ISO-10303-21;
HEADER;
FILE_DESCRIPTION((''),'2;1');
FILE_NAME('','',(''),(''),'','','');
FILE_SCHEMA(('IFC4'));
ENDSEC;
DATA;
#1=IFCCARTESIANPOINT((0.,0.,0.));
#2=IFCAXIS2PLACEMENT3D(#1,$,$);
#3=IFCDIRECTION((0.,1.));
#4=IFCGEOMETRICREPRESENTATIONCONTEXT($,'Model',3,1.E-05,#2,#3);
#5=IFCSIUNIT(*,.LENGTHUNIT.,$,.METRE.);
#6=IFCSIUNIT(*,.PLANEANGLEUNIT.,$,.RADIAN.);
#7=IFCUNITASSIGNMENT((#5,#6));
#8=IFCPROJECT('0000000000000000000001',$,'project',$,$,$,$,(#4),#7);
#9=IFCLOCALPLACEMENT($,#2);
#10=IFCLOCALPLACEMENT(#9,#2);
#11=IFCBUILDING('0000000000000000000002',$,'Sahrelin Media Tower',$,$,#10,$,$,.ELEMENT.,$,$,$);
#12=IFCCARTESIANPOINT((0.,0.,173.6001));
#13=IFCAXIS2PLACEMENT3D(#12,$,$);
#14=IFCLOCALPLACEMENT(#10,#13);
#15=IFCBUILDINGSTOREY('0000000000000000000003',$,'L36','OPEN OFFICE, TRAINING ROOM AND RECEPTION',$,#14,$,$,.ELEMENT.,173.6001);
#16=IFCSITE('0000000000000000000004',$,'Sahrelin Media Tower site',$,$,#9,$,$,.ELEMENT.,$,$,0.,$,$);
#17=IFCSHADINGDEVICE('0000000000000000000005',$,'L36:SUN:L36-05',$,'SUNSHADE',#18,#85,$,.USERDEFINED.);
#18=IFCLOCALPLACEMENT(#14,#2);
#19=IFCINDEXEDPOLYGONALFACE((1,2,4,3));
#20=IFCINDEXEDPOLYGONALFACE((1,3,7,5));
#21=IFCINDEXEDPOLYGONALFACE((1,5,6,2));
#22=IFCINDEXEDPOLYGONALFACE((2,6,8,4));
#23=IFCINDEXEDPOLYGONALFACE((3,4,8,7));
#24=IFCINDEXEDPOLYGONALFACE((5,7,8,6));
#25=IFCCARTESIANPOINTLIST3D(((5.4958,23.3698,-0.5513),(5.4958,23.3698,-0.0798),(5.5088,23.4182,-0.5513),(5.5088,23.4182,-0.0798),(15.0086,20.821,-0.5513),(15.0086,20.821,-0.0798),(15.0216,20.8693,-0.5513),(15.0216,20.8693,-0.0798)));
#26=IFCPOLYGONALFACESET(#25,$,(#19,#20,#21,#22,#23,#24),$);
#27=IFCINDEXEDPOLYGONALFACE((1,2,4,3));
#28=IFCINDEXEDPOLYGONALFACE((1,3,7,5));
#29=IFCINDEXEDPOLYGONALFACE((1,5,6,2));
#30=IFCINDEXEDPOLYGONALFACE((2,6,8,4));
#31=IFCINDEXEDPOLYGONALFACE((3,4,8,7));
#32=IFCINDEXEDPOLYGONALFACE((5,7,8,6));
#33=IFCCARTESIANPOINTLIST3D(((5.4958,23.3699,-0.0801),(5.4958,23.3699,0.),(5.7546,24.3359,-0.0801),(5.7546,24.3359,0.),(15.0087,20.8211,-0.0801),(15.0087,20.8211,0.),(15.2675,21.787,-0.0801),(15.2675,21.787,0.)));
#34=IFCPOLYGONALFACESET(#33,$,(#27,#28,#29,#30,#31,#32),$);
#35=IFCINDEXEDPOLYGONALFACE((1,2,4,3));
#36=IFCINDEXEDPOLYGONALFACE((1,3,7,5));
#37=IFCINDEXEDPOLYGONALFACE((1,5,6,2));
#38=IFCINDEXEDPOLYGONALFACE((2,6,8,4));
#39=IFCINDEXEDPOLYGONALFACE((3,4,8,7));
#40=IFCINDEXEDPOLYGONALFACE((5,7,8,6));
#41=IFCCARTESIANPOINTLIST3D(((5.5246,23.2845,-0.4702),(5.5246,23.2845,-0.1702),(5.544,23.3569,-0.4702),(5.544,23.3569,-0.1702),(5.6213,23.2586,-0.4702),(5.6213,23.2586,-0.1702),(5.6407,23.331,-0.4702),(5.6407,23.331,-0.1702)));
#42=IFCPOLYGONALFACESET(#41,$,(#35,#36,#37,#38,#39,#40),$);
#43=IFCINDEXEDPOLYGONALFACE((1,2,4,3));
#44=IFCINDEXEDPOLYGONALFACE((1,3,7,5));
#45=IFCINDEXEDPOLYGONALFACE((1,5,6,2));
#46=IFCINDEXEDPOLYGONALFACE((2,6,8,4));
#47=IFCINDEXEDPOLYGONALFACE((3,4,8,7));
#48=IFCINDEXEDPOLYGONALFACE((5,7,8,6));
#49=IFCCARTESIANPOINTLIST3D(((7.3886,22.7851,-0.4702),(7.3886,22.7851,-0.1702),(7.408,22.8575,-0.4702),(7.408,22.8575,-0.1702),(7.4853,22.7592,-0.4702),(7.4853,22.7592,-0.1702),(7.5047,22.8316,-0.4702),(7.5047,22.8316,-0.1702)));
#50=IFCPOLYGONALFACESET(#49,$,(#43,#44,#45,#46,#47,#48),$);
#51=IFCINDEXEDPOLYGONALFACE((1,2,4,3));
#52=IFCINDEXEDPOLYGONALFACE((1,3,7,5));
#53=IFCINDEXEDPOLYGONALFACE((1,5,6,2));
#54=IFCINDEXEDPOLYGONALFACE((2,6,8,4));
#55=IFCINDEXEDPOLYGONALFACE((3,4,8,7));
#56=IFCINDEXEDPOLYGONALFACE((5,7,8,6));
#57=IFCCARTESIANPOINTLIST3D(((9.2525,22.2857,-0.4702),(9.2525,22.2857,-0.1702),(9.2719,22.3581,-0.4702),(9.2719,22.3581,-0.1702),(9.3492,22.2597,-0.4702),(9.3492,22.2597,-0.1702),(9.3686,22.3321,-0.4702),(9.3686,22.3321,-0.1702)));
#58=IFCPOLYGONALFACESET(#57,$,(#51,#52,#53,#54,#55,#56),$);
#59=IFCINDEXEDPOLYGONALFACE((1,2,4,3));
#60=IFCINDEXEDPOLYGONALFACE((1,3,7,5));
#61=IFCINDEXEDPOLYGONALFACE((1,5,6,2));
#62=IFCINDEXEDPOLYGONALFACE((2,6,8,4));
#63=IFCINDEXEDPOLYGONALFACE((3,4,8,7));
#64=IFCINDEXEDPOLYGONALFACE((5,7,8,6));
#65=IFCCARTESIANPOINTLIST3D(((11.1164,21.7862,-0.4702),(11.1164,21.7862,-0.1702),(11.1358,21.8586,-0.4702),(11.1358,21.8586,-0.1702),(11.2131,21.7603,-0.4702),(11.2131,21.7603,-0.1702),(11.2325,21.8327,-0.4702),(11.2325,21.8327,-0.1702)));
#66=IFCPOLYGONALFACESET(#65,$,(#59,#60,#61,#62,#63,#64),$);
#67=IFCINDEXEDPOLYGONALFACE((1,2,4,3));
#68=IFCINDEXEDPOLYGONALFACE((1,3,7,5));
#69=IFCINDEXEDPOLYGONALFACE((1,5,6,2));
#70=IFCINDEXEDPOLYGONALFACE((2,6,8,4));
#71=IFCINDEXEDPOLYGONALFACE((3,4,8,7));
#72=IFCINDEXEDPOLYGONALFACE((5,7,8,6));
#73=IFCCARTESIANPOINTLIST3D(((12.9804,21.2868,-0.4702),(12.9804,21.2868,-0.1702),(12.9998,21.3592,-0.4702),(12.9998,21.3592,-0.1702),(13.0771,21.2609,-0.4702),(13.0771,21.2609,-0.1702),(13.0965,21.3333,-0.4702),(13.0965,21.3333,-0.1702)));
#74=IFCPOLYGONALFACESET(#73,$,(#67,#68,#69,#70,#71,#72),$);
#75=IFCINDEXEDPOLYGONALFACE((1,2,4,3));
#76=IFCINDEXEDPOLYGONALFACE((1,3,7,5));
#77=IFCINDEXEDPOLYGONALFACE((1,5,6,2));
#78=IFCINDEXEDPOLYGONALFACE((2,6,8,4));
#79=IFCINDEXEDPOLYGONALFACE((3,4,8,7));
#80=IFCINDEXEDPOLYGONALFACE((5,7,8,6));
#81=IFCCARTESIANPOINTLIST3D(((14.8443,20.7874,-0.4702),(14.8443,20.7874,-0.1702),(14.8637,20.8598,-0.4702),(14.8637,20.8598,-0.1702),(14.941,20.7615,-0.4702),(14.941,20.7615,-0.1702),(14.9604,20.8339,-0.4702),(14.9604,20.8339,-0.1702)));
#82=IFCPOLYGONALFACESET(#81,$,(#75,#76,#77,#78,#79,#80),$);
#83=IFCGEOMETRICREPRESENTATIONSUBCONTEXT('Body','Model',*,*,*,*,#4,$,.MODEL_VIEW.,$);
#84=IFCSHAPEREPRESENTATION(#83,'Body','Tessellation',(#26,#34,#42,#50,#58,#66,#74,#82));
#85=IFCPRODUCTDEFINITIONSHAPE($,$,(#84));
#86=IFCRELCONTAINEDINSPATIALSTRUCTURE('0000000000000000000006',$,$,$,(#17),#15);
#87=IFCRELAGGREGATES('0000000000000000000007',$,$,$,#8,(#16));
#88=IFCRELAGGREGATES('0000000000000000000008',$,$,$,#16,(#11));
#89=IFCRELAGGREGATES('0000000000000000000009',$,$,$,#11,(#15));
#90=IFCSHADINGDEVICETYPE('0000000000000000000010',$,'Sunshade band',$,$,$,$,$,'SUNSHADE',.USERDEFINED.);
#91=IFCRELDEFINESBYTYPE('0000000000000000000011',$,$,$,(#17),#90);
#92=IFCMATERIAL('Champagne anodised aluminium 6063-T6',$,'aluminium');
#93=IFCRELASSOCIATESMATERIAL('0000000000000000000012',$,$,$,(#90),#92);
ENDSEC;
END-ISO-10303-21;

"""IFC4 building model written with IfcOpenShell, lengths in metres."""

from ifc_helpers import new_model, si_unit, direction, frame, origin, origin_2d, place, context, subcontext, project, spatial, rectangle, extrude, material, type_object, element, save


model = new_model("IFC4")

# Units and contexts
model_context = context("Model", 3, precision=1e-05, world=origin(), true_north=direction((0.0, 1.0)))
body_context = subcontext(model_context, "Body", "Model", "MODEL_VIEW")
ifc_project = project(units=[si_unit("LENGTHUNIT", "METRE"), si_unit("PLANEANGLEUNIT", "RADIAN")], contexts=[model_context])

# Site, building, storey
site_placement = place(None, origin())
site = spatial("IfcSite", under=ifc_project, at=site_placement, Name="Sahrelin Media Tower site", CompositionType="ELEMENT", RefElevation=0.0)
building_placement = place(site_placement, origin())
building = spatial("IfcBuilding", under=site, at=building_placement, Name="Sahrelin Media Tower", CompositionType="ELEMENT")
storey_placement = place(building_placement, frame((0.0, 0.0, 173.6001)))
storey = spatial("IfcBuildingStorey", under=building, at=storey_placement, Name="L36", Description="OPEN OFFICE, TRAINING ROOM AND RECEPTION", CompositionType="ELEMENT", Elevation=173.6001)

# Shared definitions
ifc_material_1 = material(Name="Champagne anodised aluminium 6063-T6", Category="aluminium")

# Shading device
placement = place(storey_placement, frame((10.2471, 22.0762, 0.0), z_axis=(0.0, 0.0, 1.0), x_axis=(0.965929, -0.258808, 0.0)))
shading_device_type_1 = type_object("IfcShadingDeviceType", Name="Sunshade band", ElementType="SUNSHADE", PredefinedType="USERDEFINED", material=ifc_material_1)
element("IfcShadingDevice", 1, at=placement, inside=storey, type_object=shading_device_type_1, Name="L36:SUN:L36-05", ObjectType="SUNSHADE", PredefinedType="USERDEFINED", context=body_context, shape_type="SweptSolid", body=[
    extrude(rectangle(XDim=9.8484, YDim=0.05, at=origin_2d()), frame((0.0, 0.0449, -0.5513)), (0.0, 0.0, 1.0), 0.4714),
    extrude(rectangle(XDim=9.8484, YDim=1.0, at=origin_2d()), frame((0.0, 0.52, -0.0801)), (0.0, 0.0, 1.0), 0.0801),
    extrude(rectangle(XDim=0.1001, YDim=0.075, at=origin_2d()), frame((-4.8242, -0.0176, -0.4702)), (0.0, 0.0, 1.0), 0.3),
    extrude(rectangle(XDim=0.1001, YDim=0.075, at=origin_2d()), frame((-2.8945, -0.0176, -0.4702)), (0.0, 0.0, 1.0), 0.3),
    extrude(rectangle(XDim=0.1001, YDim=0.075, at=origin_2d()), frame((-0.9648, -0.0176, -0.4702)), (0.0, 0.0, 1.0), 0.3),
    extrude(rectangle(XDim=0.1001, YDim=0.075, at=origin_2d()), frame((0.9648, -0.0176, -0.4702)), (0.0, 0.0, 1.0), 0.3),
    extrude(rectangle(XDim=0.1001, YDim=0.075, at=origin_2d()), frame((2.8945, -0.0176, -0.4702)), (0.0, 0.0, 1.0), 0.3),
    extrude(rectangle(XDim=0.1001, YDim=0.075, at=origin_2d()), frame((4.8242, -0.0176, -0.4702)), (0.0, 0.0, 1.0), 0.3),
])

save(model, "model.ifc")
